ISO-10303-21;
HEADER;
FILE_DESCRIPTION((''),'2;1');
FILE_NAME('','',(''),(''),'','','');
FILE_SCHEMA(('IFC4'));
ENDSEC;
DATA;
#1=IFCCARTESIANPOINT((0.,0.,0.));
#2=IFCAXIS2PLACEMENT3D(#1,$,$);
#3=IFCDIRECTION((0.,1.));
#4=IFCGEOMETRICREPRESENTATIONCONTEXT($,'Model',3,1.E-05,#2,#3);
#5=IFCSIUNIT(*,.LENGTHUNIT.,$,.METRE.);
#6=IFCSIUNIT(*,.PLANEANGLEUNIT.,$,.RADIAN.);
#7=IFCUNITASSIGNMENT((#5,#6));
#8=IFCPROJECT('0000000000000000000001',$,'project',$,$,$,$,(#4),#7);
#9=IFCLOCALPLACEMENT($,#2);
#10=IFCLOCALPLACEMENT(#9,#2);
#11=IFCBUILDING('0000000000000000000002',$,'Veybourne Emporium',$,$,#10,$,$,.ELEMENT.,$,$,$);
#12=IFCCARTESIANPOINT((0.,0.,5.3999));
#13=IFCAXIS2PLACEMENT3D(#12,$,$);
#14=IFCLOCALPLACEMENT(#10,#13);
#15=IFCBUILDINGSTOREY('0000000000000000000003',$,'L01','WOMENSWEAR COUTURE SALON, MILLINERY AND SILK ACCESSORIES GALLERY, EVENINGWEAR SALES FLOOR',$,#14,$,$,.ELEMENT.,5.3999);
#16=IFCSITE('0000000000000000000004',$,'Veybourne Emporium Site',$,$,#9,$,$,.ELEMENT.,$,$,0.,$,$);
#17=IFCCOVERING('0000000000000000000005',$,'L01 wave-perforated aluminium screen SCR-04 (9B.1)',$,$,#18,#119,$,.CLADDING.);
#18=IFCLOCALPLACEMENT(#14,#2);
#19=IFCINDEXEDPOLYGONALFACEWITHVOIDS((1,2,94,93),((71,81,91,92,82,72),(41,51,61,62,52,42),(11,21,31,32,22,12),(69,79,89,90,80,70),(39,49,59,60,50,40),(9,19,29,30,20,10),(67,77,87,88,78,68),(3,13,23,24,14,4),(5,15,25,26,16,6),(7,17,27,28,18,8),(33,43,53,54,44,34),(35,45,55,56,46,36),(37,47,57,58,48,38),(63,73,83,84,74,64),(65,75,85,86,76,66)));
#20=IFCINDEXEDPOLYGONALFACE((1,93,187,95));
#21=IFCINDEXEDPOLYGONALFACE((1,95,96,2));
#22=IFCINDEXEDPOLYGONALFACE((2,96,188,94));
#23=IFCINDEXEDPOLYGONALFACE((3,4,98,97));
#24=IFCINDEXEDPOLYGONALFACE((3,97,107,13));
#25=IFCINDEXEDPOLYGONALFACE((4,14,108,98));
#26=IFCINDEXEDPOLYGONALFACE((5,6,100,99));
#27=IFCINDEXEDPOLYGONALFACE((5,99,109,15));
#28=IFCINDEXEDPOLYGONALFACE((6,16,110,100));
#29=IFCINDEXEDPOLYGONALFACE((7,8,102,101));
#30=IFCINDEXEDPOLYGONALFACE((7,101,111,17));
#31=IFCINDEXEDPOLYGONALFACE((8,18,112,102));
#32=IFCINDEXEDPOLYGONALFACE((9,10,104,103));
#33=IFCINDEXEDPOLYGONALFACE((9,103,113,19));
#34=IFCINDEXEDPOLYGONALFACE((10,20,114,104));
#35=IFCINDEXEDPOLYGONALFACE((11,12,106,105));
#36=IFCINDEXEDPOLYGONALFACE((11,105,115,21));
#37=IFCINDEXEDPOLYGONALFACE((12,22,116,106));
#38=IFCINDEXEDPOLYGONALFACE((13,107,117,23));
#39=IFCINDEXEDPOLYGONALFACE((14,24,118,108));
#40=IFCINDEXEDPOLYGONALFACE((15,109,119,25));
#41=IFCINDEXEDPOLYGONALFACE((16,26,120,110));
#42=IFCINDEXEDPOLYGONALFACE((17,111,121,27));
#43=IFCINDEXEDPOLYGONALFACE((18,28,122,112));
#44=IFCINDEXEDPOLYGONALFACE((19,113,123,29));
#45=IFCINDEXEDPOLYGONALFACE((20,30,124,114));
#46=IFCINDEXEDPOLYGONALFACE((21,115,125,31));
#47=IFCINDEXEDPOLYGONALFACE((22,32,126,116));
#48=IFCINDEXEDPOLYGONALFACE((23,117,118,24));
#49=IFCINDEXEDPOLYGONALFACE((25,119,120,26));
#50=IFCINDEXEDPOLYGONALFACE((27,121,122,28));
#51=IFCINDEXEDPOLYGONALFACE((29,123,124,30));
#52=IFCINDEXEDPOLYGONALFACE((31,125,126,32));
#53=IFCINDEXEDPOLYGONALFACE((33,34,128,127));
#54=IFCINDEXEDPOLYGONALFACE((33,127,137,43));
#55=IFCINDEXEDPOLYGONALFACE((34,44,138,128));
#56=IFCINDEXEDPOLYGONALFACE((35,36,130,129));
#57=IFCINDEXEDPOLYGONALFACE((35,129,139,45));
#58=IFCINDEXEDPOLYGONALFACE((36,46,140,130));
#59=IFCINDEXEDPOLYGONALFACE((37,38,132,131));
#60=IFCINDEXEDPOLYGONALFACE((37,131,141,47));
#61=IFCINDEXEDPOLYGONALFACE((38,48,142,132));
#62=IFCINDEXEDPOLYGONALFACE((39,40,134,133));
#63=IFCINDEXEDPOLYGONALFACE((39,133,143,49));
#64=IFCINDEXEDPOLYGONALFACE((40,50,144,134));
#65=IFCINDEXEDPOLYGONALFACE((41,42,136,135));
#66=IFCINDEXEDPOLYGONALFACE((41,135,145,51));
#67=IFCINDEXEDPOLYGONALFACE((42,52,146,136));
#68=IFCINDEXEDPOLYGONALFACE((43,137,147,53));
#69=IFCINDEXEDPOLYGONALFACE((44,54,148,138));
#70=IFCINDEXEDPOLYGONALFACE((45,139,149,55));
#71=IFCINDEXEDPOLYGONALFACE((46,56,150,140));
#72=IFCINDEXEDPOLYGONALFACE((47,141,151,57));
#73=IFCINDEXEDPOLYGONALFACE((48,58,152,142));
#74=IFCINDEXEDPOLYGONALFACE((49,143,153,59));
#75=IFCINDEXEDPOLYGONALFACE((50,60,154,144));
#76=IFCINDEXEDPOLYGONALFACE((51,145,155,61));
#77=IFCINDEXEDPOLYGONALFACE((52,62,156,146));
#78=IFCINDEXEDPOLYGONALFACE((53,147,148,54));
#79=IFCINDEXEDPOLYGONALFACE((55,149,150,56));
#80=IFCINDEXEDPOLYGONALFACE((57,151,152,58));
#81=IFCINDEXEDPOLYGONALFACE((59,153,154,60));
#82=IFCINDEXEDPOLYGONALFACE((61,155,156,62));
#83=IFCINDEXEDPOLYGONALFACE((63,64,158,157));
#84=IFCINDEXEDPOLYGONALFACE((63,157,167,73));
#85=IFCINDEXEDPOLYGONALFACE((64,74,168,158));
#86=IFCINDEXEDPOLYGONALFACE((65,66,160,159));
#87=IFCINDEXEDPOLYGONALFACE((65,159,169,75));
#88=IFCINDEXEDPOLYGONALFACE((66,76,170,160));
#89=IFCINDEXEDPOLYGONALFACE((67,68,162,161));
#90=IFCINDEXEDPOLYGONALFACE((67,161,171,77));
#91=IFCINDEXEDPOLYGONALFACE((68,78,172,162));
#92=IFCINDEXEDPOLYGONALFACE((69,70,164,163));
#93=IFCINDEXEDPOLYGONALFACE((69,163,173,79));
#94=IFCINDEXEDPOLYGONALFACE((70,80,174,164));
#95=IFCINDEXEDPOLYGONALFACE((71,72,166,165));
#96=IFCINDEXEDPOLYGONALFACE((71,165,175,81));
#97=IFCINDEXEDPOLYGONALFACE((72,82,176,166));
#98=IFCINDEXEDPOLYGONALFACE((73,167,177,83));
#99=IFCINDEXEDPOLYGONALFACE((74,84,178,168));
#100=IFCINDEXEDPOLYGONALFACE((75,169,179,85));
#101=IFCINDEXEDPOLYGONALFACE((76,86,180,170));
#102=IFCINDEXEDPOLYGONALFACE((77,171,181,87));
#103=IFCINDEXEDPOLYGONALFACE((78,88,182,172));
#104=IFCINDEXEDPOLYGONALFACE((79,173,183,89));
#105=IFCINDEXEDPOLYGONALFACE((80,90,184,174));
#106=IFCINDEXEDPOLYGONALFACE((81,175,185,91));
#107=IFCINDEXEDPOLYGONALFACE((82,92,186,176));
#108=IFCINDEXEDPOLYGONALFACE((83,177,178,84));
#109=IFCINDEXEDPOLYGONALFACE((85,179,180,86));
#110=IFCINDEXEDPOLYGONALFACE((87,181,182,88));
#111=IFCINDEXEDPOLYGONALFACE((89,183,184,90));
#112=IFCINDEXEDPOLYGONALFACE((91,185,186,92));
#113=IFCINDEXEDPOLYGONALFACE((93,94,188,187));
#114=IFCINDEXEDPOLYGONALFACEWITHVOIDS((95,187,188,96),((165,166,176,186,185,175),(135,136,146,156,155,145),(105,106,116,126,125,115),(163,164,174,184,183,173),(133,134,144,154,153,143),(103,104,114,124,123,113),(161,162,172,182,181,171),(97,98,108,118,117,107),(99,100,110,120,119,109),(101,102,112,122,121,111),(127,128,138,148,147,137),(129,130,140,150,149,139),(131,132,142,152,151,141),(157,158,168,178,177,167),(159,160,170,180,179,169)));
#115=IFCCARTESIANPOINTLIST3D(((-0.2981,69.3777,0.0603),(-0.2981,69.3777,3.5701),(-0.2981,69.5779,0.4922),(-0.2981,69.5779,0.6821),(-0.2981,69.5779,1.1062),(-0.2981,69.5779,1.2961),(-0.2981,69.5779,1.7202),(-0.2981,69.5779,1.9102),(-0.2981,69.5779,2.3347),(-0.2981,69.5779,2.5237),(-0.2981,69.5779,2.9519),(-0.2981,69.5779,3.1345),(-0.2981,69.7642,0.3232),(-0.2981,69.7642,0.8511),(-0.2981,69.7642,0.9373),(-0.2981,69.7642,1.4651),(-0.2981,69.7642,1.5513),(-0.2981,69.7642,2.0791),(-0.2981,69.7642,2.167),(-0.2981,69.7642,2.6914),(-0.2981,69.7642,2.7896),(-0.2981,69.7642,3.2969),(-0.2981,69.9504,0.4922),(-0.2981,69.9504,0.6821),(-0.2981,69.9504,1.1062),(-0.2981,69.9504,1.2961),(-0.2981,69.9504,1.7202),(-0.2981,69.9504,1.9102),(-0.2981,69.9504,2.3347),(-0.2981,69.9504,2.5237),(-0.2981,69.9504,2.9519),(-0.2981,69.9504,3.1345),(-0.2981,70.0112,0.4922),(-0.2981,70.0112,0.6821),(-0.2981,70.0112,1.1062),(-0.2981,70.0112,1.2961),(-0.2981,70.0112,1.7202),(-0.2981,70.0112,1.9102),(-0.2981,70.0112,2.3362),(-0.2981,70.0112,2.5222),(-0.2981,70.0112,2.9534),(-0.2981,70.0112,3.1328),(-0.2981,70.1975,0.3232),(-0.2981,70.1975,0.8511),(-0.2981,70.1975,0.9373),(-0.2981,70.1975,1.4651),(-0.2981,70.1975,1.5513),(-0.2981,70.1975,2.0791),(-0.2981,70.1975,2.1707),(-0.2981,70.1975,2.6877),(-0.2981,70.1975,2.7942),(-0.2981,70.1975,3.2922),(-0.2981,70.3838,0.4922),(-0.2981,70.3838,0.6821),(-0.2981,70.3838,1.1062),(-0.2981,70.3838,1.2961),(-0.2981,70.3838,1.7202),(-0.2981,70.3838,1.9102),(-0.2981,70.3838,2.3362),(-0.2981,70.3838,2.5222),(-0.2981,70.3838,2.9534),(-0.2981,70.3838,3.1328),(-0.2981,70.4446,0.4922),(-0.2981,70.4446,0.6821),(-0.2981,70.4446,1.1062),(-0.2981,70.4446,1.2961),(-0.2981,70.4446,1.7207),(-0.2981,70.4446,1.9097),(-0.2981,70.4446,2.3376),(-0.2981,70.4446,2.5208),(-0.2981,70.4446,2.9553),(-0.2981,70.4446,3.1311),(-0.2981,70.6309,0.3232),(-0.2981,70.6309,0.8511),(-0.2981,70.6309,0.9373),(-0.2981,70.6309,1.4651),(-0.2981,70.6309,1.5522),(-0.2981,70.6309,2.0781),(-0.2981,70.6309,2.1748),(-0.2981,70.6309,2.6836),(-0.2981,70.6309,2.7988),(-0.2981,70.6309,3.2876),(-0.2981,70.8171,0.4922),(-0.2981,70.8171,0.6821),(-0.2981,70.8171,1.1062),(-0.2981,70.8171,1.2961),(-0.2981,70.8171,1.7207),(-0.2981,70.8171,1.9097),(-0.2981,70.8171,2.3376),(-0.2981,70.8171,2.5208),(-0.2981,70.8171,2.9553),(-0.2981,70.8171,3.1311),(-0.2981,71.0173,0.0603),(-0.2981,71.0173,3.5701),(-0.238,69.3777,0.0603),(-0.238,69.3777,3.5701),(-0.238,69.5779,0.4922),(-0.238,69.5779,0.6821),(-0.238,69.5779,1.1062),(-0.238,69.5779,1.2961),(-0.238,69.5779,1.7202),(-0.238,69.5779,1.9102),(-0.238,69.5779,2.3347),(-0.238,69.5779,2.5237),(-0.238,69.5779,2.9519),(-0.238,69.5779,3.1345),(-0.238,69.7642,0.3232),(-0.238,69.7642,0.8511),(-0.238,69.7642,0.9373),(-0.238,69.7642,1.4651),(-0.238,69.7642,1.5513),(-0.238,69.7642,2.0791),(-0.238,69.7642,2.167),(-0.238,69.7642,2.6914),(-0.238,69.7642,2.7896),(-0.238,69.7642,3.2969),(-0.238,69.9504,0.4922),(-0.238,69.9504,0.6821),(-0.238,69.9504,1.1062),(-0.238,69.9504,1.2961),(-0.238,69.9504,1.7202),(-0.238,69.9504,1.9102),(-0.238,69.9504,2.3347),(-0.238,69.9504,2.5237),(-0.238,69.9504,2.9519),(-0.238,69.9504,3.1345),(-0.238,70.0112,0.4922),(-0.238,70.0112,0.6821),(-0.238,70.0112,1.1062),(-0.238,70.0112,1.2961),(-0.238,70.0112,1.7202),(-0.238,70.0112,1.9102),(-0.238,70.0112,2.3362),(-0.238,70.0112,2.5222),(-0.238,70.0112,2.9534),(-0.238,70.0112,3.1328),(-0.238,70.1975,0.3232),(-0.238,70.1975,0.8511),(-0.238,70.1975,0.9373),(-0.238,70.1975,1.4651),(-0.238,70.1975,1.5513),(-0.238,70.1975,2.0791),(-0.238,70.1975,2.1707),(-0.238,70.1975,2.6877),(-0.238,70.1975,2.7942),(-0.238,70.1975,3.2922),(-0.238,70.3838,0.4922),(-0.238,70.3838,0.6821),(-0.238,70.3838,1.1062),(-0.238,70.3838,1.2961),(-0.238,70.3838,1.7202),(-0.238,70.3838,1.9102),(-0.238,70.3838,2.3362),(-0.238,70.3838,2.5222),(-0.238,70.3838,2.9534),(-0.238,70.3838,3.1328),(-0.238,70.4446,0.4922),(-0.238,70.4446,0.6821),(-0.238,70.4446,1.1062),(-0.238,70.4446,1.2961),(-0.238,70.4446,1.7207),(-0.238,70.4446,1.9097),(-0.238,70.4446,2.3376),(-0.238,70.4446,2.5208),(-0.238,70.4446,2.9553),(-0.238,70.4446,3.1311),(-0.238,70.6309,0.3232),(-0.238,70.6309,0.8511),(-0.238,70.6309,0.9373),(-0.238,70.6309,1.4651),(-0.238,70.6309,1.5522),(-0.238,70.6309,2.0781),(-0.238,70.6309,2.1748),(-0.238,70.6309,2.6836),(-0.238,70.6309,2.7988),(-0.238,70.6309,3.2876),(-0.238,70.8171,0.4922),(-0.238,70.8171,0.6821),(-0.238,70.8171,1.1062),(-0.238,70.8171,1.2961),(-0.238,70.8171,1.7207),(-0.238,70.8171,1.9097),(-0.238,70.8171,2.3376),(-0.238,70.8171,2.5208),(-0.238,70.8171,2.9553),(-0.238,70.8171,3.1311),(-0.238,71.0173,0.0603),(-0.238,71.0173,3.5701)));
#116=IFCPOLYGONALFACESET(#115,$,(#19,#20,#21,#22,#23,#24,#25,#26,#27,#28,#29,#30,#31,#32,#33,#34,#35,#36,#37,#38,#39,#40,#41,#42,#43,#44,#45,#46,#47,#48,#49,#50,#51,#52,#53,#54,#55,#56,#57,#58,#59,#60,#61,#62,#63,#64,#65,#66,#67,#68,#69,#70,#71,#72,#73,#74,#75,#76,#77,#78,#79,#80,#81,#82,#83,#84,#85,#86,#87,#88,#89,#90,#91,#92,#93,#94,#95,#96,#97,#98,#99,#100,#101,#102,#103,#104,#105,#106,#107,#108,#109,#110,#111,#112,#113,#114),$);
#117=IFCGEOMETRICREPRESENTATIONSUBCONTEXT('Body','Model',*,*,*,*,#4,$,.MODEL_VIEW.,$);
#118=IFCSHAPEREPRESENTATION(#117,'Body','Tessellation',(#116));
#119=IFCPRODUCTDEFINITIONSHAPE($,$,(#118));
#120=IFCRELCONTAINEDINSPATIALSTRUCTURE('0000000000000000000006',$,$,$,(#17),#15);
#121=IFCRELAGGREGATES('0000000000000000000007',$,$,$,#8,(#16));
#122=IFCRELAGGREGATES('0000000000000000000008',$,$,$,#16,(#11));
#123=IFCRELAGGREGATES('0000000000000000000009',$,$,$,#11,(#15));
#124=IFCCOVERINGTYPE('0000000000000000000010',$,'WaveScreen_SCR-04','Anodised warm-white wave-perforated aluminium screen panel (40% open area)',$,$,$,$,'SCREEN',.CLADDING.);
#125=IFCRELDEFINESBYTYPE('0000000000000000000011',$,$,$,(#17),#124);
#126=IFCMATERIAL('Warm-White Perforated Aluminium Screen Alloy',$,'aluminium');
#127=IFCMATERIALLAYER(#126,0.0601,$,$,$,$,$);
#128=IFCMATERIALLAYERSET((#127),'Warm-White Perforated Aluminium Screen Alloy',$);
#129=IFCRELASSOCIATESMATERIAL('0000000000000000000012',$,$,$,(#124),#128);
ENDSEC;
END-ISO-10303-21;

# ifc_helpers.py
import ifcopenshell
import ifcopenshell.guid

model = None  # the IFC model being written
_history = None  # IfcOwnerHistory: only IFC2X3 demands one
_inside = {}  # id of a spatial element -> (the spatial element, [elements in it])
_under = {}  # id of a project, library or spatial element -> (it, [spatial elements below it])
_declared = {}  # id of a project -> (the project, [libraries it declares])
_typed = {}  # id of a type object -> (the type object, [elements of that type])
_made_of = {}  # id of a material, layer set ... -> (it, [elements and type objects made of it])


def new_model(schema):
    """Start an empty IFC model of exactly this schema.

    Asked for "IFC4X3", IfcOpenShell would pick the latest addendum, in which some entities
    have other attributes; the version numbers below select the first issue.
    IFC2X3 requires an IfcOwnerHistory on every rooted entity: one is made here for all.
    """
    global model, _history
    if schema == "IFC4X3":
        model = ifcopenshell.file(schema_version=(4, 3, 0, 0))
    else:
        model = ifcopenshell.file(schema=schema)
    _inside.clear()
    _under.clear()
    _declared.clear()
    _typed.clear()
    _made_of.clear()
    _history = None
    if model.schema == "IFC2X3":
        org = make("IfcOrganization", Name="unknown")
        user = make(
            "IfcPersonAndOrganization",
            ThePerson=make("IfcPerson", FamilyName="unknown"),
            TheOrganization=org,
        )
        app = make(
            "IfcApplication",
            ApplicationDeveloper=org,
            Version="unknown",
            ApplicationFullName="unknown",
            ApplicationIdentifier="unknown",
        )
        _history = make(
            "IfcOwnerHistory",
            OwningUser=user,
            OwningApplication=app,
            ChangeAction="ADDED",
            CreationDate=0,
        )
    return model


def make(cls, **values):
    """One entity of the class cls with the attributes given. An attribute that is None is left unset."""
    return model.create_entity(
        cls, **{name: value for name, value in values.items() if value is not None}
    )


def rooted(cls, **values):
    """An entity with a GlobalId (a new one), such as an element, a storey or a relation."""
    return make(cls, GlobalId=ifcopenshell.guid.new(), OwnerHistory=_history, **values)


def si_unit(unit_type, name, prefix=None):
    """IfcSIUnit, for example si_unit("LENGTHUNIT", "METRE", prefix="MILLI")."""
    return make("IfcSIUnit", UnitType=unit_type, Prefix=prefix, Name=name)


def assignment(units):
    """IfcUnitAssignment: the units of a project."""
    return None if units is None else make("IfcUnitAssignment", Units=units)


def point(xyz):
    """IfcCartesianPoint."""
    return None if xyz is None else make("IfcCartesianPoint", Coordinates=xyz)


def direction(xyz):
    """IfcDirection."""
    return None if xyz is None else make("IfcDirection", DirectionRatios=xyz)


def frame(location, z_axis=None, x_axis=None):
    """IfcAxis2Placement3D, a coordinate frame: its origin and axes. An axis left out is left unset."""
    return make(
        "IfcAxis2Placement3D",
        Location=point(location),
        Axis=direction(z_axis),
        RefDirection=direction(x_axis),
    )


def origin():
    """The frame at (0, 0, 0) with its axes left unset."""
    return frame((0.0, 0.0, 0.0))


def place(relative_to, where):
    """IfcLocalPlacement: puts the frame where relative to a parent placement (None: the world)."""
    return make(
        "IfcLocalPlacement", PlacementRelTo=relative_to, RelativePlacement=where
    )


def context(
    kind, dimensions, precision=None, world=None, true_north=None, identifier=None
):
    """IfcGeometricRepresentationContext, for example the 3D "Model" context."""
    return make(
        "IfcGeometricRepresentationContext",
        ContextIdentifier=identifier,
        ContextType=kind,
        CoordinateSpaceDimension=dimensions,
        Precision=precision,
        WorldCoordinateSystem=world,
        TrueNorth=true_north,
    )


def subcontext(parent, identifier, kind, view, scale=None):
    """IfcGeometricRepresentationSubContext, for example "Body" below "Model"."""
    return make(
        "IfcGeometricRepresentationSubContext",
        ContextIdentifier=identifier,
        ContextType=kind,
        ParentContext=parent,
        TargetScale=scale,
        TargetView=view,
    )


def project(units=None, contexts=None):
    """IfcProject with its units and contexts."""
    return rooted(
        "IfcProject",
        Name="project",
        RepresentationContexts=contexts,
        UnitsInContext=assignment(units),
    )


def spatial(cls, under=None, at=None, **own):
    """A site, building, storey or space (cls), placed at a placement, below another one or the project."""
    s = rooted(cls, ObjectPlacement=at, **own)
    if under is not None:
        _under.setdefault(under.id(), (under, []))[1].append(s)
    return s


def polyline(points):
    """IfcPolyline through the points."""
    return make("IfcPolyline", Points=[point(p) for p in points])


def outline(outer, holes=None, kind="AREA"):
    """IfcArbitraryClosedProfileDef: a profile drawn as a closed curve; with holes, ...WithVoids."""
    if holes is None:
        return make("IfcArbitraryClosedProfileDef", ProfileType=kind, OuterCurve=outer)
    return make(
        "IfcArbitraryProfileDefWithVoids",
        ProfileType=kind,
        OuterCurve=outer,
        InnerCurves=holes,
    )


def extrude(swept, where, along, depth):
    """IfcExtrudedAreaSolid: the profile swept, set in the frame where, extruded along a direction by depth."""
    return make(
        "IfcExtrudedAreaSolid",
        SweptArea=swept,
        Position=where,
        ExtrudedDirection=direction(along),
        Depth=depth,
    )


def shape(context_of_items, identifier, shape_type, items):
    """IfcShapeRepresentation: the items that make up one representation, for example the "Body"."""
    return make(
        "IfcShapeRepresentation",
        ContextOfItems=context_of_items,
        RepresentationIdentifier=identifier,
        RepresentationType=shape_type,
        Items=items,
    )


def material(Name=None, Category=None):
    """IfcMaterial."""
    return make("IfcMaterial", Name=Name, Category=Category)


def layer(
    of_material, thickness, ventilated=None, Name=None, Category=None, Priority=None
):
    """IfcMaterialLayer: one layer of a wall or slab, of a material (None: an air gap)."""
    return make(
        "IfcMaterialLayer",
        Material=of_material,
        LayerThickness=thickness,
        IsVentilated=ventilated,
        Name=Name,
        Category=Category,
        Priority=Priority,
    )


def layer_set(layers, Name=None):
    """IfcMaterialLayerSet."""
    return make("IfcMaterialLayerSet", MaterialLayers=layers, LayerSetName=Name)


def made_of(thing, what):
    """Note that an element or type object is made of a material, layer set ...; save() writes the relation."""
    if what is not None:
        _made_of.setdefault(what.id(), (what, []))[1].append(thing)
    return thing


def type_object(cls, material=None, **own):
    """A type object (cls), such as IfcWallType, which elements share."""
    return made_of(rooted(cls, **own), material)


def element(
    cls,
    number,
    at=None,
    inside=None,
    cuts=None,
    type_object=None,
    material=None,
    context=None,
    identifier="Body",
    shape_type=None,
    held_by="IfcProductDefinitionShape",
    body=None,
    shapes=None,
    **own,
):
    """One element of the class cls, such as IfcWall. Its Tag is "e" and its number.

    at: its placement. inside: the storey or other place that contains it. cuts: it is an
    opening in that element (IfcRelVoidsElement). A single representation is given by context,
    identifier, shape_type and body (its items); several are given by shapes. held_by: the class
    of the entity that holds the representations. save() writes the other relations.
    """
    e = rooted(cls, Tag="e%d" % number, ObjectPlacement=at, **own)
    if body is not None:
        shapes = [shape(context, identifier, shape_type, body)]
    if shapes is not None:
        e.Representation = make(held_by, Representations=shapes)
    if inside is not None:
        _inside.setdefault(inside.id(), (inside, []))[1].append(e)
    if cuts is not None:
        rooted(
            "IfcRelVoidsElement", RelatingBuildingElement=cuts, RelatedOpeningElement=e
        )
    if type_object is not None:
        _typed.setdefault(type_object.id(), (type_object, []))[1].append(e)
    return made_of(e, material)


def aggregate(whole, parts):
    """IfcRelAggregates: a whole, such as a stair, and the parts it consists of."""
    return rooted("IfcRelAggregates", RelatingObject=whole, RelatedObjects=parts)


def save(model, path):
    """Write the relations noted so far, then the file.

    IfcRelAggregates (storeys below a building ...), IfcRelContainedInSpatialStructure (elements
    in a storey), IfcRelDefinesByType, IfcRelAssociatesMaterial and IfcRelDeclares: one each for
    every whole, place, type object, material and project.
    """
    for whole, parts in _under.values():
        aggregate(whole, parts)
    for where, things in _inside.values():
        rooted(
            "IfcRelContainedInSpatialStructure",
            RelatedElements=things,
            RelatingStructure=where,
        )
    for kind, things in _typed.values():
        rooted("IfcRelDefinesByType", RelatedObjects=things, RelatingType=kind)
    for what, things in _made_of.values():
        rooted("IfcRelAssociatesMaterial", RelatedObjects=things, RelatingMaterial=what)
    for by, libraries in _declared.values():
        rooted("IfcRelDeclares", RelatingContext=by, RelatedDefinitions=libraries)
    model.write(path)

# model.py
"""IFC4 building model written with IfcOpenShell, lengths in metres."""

from ifc_helpers import new_model, si_unit, direction, frame, origin, place, context, subcontext, project, spatial, polyline, outline, extrude, material, layer, layer_set, type_object, element, save


model = new_model("IFC4")

# Units and contexts
model_context = context("Model", 3, precision=1e-05, world=origin(), true_north=direction((0.0, 1.0)))
body_context = subcontext(model_context, "Body", "Model", "MODEL_VIEW")
ifc_project = project(units=[si_unit("LENGTHUNIT", "METRE"), si_unit("PLANEANGLEUNIT", "RADIAN")], contexts=[model_context])

# Site, building, storey
site_placement = place(None, origin())
site = spatial("IfcSite", under=ifc_project, at=site_placement, Name="Veybourne Emporium Site", CompositionType="ELEMENT", RefElevation=0.0)
building_placement = place(site_placement, origin())
building = spatial("IfcBuilding", under=site, at=building_placement, Name="Veybourne Emporium", CompositionType="ELEMENT")
storey_placement = place(building_placement, frame((0.0, 0.0, 5.3999)))
storey = spatial("IfcBuildingStorey", under=building, at=storey_placement, Name="L01", Description="WOMENSWEAR COUTURE SALON, MILLINERY AND SILK ACCESSORIES GALLERY, EVENINGWEAR SALES FLOOR", CompositionType="ELEMENT", Elevation=5.3999)

# Covering
ifc_material_1 = material(Name="Warm-White Perforated Aluminium Screen Alloy", Category="aluminium")
ifc_layer_1 = layer(ifc_material_1, 0.0601)
ifc_layer_set_1 = layer_set([ifc_layer_1], Name="Warm-White Perforated Aluminium Screen Alloy")
covering_type_1 = type_object("IfcCoveringType", Name="WaveScreen_SCR-04", Description="Anodised warm-white wave-perforated aluminium screen panel (40% open area)", ElementType="SCREEN", PredefinedType="CLADDING", material=ifc_layer_set_1)
covering_1_placement = place(storey_placement, frame((-0.2981, 70.1975, 1.8152), z_axis=(1.0, 0.0, 0.0), x_axis=(0.0, 1.0, 0.0)))
element("IfcCovering", 1, at=covering_1_placement, inside=storey, type_object=covering_type_1, Name="L01 wave-perforated aluminium screen SCR-04 (9B.1)", PredefinedType="CLADDING", context=body_context, shape_type="SweptSolid", body=[
    extrude(outline(polyline([(-0.8198, -1.7549), (0.8198, -1.7549), (0.8198, 1.7549), (-0.8198, 1.7549), (-0.8198, -1.7549)]), holes=[polyline([(-0.4333, -0.9641), (-0.2471, -1.1331), (-0.2471, -1.323), (-0.4333, -1.4919), (-0.6196, -1.323), (-0.6196, -1.1331), (-0.4333, -0.9641)]), polyline([(-0.4333, -0.3501), (-0.2471, -0.519), (-0.2471, -0.709), (-0.4333, -0.8779), (-0.6196, -0.709), (-0.6196, -0.519), (-0.4333, -0.3501)]), polyline([(-0.4333, 0.2639), (-0.2471, 0.095), (-0.2471, -0.095), (-0.4333, -0.2639), (-0.6196, -0.095), (-0.6196, 0.095), (-0.4333, 0.2639)]), polyline([(-0.4333, 0.8762), (-0.2471, 0.7085), (-0.2471, 0.5195), (-0.4333, 0.3518), (-0.6196, 0.5195), (-0.6196, 0.7085), (-0.4333, 0.8762)]), polyline([(-0.4333, 1.4817), (-0.2471, 1.3193), (-0.2471, 1.1367), (-0.4333, 0.9744), (-0.6196, 1.1367), (-0.6196, 1.3193), (-0.4333, 1.4817)]), polyline([(0.0, -0.9641), (0.1863, -1.1331), (0.1863, -1.323), (0.0, -1.4919), (-0.1863, -1.323), (-0.1863, -1.1331), (0.0, -0.9641)]), polyline([(0.0, -0.3501), (0.1863, -0.519), (0.1863, -0.709), (0.0, -0.8779), (-0.1863, -0.709), (-0.1863, -0.519), (0.0, -0.3501)]), polyline([(0.0, 0.2639), (0.1863, 0.095), (0.1863, -0.095), (0.0, -0.2639), (-0.1863, -0.095), (-0.1863, 0.095), (0.0, 0.2639)]), polyline([(0.0, 0.8726), (0.1863, 0.707), (0.1863, 0.521), (0.0, 0.3555), (-0.1863, 0.521), (-0.1863, 0.707), (0.0, 0.8726)]), polyline([(0.0, 1.4771), (0.1863, 1.3176), (0.1863, 1.1382), (0.0, 0.979), (-0.1863, 1.1382), (-0.1863, 1.3176), (0.0, 1.4771)]), polyline([(0.4333, -0.9641), (0.6196, -1.1331), (0.6196, -1.323), (0.4333, -1.4919), (0.2471, -1.323), (0.2471, -1.1331), (0.4333, -0.9641)]), polyline([(0.4333, -0.3501), (0.6196, -0.519), (0.6196, -0.709), (0.4333, -0.8779), (0.2471, -0.709), (0.2471, -0.519), (0.4333, -0.3501)]), polyline([(0.4333, 0.2629), (0.6196, 0.0945), (0.6196, -0.0945), (0.4333, -0.2629), (0.2471, -0.0945), (0.2471, 0.0945), (0.4333, 0.2629)]), polyline([(0.4333, 0.8684), (0.6196, 0.7056), (0.6196, 0.5225), (0.4333, 0.3596), (0.2471, 0.5225), (0.2471, 0.7056), (0.4333, 0.8684)]), polyline([(0.4333, 1.4724), (0.6196, 1.3159), (0.6196, 1.1401), (0.4333, 0.9836), (0.2471, 1.1401), (0.2471, 1.3159), (0.4333, 1.4724)])]), origin(), (0.0, 0.0, 1.0), 0.0601),
])

save(model, "model.ifc")
